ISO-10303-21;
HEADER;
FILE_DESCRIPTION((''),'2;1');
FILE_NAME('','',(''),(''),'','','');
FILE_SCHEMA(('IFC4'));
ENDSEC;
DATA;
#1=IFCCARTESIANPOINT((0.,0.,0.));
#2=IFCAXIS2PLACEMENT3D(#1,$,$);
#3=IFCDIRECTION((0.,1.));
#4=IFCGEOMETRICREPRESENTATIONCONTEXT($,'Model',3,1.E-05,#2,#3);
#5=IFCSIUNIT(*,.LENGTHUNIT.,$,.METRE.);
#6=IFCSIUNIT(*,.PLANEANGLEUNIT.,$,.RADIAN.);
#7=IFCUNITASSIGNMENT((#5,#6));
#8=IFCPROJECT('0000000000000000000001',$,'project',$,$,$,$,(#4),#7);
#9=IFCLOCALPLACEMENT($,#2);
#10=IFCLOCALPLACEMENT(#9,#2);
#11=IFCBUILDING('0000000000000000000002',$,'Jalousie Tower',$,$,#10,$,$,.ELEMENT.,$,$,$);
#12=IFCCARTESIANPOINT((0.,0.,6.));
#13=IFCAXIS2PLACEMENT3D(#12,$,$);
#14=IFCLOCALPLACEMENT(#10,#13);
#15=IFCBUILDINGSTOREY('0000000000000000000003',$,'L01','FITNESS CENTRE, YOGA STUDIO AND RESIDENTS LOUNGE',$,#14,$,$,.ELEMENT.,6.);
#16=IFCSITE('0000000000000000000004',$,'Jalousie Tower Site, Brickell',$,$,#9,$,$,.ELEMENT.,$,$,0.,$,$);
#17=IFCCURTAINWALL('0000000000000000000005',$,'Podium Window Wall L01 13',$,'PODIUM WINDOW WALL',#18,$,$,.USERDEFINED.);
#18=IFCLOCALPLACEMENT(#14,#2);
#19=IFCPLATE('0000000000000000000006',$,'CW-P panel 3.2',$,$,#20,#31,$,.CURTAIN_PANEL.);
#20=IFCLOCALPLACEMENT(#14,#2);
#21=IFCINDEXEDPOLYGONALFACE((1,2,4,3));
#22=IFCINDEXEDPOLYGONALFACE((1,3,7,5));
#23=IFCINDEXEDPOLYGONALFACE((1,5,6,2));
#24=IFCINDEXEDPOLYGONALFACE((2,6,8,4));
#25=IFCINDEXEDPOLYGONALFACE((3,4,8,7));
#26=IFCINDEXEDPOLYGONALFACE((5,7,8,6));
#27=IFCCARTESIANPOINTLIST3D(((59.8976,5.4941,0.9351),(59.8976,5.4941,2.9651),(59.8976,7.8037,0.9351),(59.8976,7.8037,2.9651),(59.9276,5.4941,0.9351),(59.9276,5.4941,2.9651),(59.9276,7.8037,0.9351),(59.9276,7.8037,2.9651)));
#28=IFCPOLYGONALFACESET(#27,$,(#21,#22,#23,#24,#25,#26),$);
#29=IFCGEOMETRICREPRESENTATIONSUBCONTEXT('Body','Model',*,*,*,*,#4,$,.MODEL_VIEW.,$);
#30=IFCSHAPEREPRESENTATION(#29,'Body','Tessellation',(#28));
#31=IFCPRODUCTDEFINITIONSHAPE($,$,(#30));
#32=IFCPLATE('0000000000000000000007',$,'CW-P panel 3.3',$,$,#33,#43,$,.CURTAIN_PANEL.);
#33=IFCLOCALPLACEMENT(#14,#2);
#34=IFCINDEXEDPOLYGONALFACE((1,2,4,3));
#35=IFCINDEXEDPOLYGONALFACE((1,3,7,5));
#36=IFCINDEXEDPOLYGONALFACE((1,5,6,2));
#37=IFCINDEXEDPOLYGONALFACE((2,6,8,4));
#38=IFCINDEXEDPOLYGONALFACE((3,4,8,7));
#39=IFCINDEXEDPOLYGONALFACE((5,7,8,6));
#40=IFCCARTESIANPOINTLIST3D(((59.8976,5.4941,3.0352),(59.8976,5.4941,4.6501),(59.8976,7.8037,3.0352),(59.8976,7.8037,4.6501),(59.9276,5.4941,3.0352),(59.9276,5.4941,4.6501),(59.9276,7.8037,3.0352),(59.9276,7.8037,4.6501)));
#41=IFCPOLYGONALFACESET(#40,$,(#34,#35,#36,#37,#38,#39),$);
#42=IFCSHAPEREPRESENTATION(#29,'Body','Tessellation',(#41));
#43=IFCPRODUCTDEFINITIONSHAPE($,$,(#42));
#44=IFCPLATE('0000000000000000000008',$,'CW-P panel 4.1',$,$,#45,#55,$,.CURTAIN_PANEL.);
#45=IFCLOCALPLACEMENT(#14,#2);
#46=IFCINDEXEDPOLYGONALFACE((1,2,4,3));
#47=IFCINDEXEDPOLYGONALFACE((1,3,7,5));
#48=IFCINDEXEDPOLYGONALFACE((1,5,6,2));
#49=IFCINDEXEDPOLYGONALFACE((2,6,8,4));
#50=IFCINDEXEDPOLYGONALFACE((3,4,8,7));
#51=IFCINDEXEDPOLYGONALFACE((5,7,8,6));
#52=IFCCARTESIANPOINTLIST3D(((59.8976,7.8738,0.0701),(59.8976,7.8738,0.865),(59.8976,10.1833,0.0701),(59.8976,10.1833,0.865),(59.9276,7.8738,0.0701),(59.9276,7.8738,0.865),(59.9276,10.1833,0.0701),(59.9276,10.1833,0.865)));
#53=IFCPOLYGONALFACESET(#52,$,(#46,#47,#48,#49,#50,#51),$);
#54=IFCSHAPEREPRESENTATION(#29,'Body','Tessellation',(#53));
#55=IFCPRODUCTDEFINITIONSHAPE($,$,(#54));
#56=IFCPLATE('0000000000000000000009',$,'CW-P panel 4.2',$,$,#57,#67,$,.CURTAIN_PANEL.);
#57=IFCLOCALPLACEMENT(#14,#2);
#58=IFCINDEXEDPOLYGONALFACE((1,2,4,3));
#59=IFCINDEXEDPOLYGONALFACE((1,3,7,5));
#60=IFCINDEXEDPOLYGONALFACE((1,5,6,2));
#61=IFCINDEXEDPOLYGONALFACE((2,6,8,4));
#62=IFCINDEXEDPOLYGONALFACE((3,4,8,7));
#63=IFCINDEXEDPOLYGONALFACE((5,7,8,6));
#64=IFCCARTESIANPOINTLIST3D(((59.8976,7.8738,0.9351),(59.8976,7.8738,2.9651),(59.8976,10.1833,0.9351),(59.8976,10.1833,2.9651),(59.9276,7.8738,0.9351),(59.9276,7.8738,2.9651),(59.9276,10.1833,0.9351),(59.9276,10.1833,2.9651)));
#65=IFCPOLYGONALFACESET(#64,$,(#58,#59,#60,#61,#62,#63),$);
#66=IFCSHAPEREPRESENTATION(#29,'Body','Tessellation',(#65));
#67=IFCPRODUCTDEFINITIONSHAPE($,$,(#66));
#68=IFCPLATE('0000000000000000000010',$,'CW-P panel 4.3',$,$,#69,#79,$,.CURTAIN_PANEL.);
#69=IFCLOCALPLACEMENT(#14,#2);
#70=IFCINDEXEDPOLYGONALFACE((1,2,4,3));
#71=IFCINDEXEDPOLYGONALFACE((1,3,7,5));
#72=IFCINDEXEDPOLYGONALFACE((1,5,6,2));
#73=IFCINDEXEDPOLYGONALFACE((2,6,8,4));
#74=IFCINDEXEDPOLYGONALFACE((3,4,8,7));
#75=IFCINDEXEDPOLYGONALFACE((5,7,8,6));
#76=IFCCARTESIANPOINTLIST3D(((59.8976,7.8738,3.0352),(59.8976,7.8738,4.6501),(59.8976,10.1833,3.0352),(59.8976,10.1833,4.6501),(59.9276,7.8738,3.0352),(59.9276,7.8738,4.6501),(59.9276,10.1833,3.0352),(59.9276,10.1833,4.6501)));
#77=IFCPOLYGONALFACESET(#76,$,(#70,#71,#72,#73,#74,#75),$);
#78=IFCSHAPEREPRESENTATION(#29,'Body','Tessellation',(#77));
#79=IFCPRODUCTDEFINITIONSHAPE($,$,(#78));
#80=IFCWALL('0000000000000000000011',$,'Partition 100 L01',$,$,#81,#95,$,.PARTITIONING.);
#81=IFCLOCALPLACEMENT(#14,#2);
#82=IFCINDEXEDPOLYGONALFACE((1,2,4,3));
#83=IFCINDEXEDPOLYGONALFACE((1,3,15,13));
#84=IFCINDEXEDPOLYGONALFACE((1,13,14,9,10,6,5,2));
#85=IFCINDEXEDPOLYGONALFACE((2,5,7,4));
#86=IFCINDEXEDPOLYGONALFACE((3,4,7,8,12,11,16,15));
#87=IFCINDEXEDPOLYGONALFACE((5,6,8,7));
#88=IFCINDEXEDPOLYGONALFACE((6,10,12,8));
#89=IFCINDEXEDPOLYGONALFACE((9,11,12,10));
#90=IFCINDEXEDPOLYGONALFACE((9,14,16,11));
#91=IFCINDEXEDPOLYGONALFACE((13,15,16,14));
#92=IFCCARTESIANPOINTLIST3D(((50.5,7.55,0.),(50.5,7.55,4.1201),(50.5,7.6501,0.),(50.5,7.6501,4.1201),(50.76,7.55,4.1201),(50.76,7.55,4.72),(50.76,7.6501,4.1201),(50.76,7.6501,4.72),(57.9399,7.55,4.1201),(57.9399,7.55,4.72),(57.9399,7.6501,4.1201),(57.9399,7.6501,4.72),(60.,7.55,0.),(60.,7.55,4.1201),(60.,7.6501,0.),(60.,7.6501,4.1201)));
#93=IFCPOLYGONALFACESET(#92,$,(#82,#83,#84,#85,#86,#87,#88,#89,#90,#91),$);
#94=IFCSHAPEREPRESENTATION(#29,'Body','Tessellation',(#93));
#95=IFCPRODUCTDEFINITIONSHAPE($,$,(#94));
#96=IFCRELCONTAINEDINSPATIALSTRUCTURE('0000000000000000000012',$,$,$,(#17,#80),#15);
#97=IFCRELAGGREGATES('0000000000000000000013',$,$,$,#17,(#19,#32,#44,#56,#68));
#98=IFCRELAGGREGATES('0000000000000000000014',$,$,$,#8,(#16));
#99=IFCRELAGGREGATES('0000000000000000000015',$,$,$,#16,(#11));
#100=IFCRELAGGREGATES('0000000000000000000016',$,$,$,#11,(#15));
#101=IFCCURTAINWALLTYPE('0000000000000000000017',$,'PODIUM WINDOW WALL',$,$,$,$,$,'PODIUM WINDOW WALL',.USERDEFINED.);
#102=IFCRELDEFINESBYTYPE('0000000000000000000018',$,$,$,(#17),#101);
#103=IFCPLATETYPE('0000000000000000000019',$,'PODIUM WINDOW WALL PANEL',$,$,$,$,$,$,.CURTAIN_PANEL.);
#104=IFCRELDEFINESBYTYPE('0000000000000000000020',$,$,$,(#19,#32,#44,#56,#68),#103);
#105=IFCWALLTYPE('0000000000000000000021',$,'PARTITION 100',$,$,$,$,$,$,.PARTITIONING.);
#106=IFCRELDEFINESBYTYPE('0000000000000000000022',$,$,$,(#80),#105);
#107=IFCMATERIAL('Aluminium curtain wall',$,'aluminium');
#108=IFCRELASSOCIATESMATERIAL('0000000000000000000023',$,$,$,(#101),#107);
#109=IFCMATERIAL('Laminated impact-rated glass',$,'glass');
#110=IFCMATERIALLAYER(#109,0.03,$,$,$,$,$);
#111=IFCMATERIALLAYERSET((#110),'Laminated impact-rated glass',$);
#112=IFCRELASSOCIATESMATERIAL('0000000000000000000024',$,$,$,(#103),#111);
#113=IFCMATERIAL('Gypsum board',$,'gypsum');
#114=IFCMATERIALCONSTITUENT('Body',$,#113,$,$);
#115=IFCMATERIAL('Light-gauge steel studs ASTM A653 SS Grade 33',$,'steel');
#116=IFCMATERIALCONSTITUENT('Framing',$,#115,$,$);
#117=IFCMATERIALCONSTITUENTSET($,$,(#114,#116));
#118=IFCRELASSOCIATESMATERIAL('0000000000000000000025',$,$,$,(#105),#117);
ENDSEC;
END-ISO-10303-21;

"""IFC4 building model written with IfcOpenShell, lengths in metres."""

from ifc_helpers import new_model, si_unit, direction, frame, origin, origin_2d, place, context, subcontext, project, spatial, polyline, rectangle, outline, extrude, material, layer, layer_set, constituent, constituent_set, type_object, element, aggregate, save


model = new_model("IFC4")

# Units and contexts
model_context = context("Model", 3, precision=1e-05, world=origin(), true_north=direction((0.0, 1.0)))
body_context = subcontext(model_context, "Body", "Model", "MODEL_VIEW")
ifc_project = project(units=[si_unit("LENGTHUNIT", "METRE"), si_unit("PLANEANGLEUNIT", "RADIAN")], contexts=[model_context])

# Site, building, storey
site_placement = place(None, origin())
site = spatial("IfcSite", under=ifc_project, at=site_placement, Name="Jalousie Tower Site, Brickell", CompositionType="ELEMENT", RefElevation=0.0)
building_placement = place(site_placement, origin())
building = spatial("IfcBuilding", under=site, at=building_placement, Name="Jalousie Tower", CompositionType="ELEMENT")
storey_placement = place(building_placement, frame((0.0, 0.0, 6.0)))
storey = spatial("IfcBuildingStorey", under=building, at=storey_placement, Name="L01", Description="FITNESS CENTRE, YOGA STUDIO AND RESIDENTS LOUNGE", CompositionType="ELEMENT", Elevation=6.0)

# Curtain wall
ifc_material_1 = material(Name="Aluminium curtain wall", Category="aluminium")
curtain_wall_type = type_object("IfcCurtainWallType", Name="PODIUM WINDOW WALL", ElementType="PODIUM WINDOW WALL", PredefinedType="USERDEFINED", material=ifc_material_1)
curtain_wall_placement = place(storey_placement, origin())
curtain_wall = element("IfcCurtainWall", 1, at=curtain_wall_placement, inside=storey, type_object=curtain_wall_type, Name="Podium Window Wall L01 13", ObjectType="PODIUM WINDOW WALL", PredefinedType="USERDEFINED")

# Plates
ifc_material_2 = material(Name="Laminated impact-rated glass", Category="glass")
ifc_layer = layer(ifc_material_2, 0.03)
ifc_layer_set = layer_set([ifc_layer], Name="Laminated impact-rated glass")
plate_type = type_object("IfcPlateType", Name="PODIUM WINDOW WALL PANEL", PredefinedType="CURTAIN_PANEL", material=ifc_layer_set)
plate_1_placement = place(storey_placement, frame((59.9126, 6.6489, 0.9351), z_axis=(0.0, 0.0, 1.0), x_axis=(0.0, 1.0, 0.0)))
plate_1 = element("IfcPlate", 2, at=plate_1_placement, type_object=plate_type, Name="CW-P panel 3.2", PredefinedType="CURTAIN_PANEL", context=body_context, shape_type="SweptSolid", body=[
    extrude(rectangle(XDim=2.3096, YDim=0.03, at=origin_2d()), origin(), (0.0, 0.0, 1.0), 2.03),
])
plate_2_placement = place(storey_placement, frame((59.9126, 6.6489, 3.0352), z_axis=(0.0, 0.0, 1.0), x_axis=(0.0, 1.0, 0.0)))
plate_2 = element("IfcPlate", 3, at=plate_2_placement, type_object=plate_type, Name="CW-P panel 3.3", PredefinedType="CURTAIN_PANEL", context=body_context, shape_type="SweptSolid", body=[
    extrude(rectangle(XDim=2.3096, YDim=0.03, at=origin_2d()), origin(), (0.0, 0.0, 1.0), 1.615),
])
plate_3_placement = place(storey_placement, frame((59.9126, 9.0286, 0.0701), z_axis=(0.0, 0.0, 1.0), x_axis=(0.0, 1.0, 0.0)))
plate_3 = element("IfcPlate", 4, at=plate_3_placement, type_object=plate_type, Name="CW-P panel 4.1", PredefinedType="CURTAIN_PANEL", context=body_context, shape_type="SweptSolid", body=[
    extrude(rectangle(XDim=2.3096, YDim=0.03, at=origin_2d()), origin(), (0.0, 0.0, 1.0), 0.7949),
])
plate_4_placement = place(storey_placement, frame((59.9126, 9.0286, 0.9351), z_axis=(0.0, 0.0, 1.0), x_axis=(0.0, 1.0, 0.0)))
plate_4 = element("IfcPlate", 5, at=plate_4_placement, type_object=plate_type, Name="CW-P panel 4.2", PredefinedType="CURTAIN_PANEL", context=body_context, shape_type="SweptSolid", body=[
    extrude(rectangle(XDim=2.3096, YDim=0.03, at=origin_2d()), origin(), (0.0, 0.0, 1.0), 2.03),
])
plate_5_placement = place(storey_placement, frame((59.9126, 9.0286, 3.0352), z_axis=(0.0, 0.0, 1.0), x_axis=(0.0, 1.0, 0.0)))
plate_5 = element("IfcPlate", 6, at=plate_5_placement, type_object=plate_type, Name="CW-P panel 4.3", PredefinedType="CURTAIN_PANEL", context=body_context, shape_type="SweptSolid", body=[
    extrude(rectangle(XDim=2.3096, YDim=0.03, at=origin_2d()), origin(), (0.0, 0.0, 1.0), 1.615),
])
aggregate(curtain_wall, [plate_1, plate_2, plate_3, plate_4, plate_5])

# Wall
ifc_material_3 = material(Name="Gypsum board", Category="gypsum")
ifc_constituent_1 = constituent(ifc_material_3, Name="Body")
ifc_material_4 = material(Name="Light-gauge steel studs ASTM A653 SS Grade 33", Category="steel")
ifc_constituent_2 = constituent(ifc_material_4, Name="Framing")
ifc_constituent_set = constituent_set(constituents=[ifc_constituent_1, ifc_constituent_2])
wall_type = type_object("IfcWallType", Name="PARTITION 100", PredefinedType="PARTITIONING", material=ifc_constituent_set)
wall_placement = place(storey_placement, frame((50.5, 7.6001, 0.0), z_axis=(0.0, 0.0, 1.0), x_axis=(1.0, 0.0, 0.0)))
element("IfcWall", 7, at=wall_placement, inside=storey, type_object=wall_type, Name="Partition 100 L01", PredefinedType="PARTITIONING", context=body_context, shape_type="SweptSolid", body=[
    extrude(outline(polyline([(0.0, 0.0), (9.5, 0.0), (9.5, 4.72), (9.5, 4.1201), (7.4399, 4.1201), (7.4399, 4.72), (0.26, 4.72), (0.26, 4.1201), (0.0, 4.1201), (0.0, 4.72), (0.0, 0.0)])), frame((0.0, 0.05, 0.0), z_axis=(0.0, -1.0, 0.0), x_axis=(1.0, 0.0, 0.0)), (0.0, 0.0, 1.0), 0.1001),
])

save(model, "model.ifc")
